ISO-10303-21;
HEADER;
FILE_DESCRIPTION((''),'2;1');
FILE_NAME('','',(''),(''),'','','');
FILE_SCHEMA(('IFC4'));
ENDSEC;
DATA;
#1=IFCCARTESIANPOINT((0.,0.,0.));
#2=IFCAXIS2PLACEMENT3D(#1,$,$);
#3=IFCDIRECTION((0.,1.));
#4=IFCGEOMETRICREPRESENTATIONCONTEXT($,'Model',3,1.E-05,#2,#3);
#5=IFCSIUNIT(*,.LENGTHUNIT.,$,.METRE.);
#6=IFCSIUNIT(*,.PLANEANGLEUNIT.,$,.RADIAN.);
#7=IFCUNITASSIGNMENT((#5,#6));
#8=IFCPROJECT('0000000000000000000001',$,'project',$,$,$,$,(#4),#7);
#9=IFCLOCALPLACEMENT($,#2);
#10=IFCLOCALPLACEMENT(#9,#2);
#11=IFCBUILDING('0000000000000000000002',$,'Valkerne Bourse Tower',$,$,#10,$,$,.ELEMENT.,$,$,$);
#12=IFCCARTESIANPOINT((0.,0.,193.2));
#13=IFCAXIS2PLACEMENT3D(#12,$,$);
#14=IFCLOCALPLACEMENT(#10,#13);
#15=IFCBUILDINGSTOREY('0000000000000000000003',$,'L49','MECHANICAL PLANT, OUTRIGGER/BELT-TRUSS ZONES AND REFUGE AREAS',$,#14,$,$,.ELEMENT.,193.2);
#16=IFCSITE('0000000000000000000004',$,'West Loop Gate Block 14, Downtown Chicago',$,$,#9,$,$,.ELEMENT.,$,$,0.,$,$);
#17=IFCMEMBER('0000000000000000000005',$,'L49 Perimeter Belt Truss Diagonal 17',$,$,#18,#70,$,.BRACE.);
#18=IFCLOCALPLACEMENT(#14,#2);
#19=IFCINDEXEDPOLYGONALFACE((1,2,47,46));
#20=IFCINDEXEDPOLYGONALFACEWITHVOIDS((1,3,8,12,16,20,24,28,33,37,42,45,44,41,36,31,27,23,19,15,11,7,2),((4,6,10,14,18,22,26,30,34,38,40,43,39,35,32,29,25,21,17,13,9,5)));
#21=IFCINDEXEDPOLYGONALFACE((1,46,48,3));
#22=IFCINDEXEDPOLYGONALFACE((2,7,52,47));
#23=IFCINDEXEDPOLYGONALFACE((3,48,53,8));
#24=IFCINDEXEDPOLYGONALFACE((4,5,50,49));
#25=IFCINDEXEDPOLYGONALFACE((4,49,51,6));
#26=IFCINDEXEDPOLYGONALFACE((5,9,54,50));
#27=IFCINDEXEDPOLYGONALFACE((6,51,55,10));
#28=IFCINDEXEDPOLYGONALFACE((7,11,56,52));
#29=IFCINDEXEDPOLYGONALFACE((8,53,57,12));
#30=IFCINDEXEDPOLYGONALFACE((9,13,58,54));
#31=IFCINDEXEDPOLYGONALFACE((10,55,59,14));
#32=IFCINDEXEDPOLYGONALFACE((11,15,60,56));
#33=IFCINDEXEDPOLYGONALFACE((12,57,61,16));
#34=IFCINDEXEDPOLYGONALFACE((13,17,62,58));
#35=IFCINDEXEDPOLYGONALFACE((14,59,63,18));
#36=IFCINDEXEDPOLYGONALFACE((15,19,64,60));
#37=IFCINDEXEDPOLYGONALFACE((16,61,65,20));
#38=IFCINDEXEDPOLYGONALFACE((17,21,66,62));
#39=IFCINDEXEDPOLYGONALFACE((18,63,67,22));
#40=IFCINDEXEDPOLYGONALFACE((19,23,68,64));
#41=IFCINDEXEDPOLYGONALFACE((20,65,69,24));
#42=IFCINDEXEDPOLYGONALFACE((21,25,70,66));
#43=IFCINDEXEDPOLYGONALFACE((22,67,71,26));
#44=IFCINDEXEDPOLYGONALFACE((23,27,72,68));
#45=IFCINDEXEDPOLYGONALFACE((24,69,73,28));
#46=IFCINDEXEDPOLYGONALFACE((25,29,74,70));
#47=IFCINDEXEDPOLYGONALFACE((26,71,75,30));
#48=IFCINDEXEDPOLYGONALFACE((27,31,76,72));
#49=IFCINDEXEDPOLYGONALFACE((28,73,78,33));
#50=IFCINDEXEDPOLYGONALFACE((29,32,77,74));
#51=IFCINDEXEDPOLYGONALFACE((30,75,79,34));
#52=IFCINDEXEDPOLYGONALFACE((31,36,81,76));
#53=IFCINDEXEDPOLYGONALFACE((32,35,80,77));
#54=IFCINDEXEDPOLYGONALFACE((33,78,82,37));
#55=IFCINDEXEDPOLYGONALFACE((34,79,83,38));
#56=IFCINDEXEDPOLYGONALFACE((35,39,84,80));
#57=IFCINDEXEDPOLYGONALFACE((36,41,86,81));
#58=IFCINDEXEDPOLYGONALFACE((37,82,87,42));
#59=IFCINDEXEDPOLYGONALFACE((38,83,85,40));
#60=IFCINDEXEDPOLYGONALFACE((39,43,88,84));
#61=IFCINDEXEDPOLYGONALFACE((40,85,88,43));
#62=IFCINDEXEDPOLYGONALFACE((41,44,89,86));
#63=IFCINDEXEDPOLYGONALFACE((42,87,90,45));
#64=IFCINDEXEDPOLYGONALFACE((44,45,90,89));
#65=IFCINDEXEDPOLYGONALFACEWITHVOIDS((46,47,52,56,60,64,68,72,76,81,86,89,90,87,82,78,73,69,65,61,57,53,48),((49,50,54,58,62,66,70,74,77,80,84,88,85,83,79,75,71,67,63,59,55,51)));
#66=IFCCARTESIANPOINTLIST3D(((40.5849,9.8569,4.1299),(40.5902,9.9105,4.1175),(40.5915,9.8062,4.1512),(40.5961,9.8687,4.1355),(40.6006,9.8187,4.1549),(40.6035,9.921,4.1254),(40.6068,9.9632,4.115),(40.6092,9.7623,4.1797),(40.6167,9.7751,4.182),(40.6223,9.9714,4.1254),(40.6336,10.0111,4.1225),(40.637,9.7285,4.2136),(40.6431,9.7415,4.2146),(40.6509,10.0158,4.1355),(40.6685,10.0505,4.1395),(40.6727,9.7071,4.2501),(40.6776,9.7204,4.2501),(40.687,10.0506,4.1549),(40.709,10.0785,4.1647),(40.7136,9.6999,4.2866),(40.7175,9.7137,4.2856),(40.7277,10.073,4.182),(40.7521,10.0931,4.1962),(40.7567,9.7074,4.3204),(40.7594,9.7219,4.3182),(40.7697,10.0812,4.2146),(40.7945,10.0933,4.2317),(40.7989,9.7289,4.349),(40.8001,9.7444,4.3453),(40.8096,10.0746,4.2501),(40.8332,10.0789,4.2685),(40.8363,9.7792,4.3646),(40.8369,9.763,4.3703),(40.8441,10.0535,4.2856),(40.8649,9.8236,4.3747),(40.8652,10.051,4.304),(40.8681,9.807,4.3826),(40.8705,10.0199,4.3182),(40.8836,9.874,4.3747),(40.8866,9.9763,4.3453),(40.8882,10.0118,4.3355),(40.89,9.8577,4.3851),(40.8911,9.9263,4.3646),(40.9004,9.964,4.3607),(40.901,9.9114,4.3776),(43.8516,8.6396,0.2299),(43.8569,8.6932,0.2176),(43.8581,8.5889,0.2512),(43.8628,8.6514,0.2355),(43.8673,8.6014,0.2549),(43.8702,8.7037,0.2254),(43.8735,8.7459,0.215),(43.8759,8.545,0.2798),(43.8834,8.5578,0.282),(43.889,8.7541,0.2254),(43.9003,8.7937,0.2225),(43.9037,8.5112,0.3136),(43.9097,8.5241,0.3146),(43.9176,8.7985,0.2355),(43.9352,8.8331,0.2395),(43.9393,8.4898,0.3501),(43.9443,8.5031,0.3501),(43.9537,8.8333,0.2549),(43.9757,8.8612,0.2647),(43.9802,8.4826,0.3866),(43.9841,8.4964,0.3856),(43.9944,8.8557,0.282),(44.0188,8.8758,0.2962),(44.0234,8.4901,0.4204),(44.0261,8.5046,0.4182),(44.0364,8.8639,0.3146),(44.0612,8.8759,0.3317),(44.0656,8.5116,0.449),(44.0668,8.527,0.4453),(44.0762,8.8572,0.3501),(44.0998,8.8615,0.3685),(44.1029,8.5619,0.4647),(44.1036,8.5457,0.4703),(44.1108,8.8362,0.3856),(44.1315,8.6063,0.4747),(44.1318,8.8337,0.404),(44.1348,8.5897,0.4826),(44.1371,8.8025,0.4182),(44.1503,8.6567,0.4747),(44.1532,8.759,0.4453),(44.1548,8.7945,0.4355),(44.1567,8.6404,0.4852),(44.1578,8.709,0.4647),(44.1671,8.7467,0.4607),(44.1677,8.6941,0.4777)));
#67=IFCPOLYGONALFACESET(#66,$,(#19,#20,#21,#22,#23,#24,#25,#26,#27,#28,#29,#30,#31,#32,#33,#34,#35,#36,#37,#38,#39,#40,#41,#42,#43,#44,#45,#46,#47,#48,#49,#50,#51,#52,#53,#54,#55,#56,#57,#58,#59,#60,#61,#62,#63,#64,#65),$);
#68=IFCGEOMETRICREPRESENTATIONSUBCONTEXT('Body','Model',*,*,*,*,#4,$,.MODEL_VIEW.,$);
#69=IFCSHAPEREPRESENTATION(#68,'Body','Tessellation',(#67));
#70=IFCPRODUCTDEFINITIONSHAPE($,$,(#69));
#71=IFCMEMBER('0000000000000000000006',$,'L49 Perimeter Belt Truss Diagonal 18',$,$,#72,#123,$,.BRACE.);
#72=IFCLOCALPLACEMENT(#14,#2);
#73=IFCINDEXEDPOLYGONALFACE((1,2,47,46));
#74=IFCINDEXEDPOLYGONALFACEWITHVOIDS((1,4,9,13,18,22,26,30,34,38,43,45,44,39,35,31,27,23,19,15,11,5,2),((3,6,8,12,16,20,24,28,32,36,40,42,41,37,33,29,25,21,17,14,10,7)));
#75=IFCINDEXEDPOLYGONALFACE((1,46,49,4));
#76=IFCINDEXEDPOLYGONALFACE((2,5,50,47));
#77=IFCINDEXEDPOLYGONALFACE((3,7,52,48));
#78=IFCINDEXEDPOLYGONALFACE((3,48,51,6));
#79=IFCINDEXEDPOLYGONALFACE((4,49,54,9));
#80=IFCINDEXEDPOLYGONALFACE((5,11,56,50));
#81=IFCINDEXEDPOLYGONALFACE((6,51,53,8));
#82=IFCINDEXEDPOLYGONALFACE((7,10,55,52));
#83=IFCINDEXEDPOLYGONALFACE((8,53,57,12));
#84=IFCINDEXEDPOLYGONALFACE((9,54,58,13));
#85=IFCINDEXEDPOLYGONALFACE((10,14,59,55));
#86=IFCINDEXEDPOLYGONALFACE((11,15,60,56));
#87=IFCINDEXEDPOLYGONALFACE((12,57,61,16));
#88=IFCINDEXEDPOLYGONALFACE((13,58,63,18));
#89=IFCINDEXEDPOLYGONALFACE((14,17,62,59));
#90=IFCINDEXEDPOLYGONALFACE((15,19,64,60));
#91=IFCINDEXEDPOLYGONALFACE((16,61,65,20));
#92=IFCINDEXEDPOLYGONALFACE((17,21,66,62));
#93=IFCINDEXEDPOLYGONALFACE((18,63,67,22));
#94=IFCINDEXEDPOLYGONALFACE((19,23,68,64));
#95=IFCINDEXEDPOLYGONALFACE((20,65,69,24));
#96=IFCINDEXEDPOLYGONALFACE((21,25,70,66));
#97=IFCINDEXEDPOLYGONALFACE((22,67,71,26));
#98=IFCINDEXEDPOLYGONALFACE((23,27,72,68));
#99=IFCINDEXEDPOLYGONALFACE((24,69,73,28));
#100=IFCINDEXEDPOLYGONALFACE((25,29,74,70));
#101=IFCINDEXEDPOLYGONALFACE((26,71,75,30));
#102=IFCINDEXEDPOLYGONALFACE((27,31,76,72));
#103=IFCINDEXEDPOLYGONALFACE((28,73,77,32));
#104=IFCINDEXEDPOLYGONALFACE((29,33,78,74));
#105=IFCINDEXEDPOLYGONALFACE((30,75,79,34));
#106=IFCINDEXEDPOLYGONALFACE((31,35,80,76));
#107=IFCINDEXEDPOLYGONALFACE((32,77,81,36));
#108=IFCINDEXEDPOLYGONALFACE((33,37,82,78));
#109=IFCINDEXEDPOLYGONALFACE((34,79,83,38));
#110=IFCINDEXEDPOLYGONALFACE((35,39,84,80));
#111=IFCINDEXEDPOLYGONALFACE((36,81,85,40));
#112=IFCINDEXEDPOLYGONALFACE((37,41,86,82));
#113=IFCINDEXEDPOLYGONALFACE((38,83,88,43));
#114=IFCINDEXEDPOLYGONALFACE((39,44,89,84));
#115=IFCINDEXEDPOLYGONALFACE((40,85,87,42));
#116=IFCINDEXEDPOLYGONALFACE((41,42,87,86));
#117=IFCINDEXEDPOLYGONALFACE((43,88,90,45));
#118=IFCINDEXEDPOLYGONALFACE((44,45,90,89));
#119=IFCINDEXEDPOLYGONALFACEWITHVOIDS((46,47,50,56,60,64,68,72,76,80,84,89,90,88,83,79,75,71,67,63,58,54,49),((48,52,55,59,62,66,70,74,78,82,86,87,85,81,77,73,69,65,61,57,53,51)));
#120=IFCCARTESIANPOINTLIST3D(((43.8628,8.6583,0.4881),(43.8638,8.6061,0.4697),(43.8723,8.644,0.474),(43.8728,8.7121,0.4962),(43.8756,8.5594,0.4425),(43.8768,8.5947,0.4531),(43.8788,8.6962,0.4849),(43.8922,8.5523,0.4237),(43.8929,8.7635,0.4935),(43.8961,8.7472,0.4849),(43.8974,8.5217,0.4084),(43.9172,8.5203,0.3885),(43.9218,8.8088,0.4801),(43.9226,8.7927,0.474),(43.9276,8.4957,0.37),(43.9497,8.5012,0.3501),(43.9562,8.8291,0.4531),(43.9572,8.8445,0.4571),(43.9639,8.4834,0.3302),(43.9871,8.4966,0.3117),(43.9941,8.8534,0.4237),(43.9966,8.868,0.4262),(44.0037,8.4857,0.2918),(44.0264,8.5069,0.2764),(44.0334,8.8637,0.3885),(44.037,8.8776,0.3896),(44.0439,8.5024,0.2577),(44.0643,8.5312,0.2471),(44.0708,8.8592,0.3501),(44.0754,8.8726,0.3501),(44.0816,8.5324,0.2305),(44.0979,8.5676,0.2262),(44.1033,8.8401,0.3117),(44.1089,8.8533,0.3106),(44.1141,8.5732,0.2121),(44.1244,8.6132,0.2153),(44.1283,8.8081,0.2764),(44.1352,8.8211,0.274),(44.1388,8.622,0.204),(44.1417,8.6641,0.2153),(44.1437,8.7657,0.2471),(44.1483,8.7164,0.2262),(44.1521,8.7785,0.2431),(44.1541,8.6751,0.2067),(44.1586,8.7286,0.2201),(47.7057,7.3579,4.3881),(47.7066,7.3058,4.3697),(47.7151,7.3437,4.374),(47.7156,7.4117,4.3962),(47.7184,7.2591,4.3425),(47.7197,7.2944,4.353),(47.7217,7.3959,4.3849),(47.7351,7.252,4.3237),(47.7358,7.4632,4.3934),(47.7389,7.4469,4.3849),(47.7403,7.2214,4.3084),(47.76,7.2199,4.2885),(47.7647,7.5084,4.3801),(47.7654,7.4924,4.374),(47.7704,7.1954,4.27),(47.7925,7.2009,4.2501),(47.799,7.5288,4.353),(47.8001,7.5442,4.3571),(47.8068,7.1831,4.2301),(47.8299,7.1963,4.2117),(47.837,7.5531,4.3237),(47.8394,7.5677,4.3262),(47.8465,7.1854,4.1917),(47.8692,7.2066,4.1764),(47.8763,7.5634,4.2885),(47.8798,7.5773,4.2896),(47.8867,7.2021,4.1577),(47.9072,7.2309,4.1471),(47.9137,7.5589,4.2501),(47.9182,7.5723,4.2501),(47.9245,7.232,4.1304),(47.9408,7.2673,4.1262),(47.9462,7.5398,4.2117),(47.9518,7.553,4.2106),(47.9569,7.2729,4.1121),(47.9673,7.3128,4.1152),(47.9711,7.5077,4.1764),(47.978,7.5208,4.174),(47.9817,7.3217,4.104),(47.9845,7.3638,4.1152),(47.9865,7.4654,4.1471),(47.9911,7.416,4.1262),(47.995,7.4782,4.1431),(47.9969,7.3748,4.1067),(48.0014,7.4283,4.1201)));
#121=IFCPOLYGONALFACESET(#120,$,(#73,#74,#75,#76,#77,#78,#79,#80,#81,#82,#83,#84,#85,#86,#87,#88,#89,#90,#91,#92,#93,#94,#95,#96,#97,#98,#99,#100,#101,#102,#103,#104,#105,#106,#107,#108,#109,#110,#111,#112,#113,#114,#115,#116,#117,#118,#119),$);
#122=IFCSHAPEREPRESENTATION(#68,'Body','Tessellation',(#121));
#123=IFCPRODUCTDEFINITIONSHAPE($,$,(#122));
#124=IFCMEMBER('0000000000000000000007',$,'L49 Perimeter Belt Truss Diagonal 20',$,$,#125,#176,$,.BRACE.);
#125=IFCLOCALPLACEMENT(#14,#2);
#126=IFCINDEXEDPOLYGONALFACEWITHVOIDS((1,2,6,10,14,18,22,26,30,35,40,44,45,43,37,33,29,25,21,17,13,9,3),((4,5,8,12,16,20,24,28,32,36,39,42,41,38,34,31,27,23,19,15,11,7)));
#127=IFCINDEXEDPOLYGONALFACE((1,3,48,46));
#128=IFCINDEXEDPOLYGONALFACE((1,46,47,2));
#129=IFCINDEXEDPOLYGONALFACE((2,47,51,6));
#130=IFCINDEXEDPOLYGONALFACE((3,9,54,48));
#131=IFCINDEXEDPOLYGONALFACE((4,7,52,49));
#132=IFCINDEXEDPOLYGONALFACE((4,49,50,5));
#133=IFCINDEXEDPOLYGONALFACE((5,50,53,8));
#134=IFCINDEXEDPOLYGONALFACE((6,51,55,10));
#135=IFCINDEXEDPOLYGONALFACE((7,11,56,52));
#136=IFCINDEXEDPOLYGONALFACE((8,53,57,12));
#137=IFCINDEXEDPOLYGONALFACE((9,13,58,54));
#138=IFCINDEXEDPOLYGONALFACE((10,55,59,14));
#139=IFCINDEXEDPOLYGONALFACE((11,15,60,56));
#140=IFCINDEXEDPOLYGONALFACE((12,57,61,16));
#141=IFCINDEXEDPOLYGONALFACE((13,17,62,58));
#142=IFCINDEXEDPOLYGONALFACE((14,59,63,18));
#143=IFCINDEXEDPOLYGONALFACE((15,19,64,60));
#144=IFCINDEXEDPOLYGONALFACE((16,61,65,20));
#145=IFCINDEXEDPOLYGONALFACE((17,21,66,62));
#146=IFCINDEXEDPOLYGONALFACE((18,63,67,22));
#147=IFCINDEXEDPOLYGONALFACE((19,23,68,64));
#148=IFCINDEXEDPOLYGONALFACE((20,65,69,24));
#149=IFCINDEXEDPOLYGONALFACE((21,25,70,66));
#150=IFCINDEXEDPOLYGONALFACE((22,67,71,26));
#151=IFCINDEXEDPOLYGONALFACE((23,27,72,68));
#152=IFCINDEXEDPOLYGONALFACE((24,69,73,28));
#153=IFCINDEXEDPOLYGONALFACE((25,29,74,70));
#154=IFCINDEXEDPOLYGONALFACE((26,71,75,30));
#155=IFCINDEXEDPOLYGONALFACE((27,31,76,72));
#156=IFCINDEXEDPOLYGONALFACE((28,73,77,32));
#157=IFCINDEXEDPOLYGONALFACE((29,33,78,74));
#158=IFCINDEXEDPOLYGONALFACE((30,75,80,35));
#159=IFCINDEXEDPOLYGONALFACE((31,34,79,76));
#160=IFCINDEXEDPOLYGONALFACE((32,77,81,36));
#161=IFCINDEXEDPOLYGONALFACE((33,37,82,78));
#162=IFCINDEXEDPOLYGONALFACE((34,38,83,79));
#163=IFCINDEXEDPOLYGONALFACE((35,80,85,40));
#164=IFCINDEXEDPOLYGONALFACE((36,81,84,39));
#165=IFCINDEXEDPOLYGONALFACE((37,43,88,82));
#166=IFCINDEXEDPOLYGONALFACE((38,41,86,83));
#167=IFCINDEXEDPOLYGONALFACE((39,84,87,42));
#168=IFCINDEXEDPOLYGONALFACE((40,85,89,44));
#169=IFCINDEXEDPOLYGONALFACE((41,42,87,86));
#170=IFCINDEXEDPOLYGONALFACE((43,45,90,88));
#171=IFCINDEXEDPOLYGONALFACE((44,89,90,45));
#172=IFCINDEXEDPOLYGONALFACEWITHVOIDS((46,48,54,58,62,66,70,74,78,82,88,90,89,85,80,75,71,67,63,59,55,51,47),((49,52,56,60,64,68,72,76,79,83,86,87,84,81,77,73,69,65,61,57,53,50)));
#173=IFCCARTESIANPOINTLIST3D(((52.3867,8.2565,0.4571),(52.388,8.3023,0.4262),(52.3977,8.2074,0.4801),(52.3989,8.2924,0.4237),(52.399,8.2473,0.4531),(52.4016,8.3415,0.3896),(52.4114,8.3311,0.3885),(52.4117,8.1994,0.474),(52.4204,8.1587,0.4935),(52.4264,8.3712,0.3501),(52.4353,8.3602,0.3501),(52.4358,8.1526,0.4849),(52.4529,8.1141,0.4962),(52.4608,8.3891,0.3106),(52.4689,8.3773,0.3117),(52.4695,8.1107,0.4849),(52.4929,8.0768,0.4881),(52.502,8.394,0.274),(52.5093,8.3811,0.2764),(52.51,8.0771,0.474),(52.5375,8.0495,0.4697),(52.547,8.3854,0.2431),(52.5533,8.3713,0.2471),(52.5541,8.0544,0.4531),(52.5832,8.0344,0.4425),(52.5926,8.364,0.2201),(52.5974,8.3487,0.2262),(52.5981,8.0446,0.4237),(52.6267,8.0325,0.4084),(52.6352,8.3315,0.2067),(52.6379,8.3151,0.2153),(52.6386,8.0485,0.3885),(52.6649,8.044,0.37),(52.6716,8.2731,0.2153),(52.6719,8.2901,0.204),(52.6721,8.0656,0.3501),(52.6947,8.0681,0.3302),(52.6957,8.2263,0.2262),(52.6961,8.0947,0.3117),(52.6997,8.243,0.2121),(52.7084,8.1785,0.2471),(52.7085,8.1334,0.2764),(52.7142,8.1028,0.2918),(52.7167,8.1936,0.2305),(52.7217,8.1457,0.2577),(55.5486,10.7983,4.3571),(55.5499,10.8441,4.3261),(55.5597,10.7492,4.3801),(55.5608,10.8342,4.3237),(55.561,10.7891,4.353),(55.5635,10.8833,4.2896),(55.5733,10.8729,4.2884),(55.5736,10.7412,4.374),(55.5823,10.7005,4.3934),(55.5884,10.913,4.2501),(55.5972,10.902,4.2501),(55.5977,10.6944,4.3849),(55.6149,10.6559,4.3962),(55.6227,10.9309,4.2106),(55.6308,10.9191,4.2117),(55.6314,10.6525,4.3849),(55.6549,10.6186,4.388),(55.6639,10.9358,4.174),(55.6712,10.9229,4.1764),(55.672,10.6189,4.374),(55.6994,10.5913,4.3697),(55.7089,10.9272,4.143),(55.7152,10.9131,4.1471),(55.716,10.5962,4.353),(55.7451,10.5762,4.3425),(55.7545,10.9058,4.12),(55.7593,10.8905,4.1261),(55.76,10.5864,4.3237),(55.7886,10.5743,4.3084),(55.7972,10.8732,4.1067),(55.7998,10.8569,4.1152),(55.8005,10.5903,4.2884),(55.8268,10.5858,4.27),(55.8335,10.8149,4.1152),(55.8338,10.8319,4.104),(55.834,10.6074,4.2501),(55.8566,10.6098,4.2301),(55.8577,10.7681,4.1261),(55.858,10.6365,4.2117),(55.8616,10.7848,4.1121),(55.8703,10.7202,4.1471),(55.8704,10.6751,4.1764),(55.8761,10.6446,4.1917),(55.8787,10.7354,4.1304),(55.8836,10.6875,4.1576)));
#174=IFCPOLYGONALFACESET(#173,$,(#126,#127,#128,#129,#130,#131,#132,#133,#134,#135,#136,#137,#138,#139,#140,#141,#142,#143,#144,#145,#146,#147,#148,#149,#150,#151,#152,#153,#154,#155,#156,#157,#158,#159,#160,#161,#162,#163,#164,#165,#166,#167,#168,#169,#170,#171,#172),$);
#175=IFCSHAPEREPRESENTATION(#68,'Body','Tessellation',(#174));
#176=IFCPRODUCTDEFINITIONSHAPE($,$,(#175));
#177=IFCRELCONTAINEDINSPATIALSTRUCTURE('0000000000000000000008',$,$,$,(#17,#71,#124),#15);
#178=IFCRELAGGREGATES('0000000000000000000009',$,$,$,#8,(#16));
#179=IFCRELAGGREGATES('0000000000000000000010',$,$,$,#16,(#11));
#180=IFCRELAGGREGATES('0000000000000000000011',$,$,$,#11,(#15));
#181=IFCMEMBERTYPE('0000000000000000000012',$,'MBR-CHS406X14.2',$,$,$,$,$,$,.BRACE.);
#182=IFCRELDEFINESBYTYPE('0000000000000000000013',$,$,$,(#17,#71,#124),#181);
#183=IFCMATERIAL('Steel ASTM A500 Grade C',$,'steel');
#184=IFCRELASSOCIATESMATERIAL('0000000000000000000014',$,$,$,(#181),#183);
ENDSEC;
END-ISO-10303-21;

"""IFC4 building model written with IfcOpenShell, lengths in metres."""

from ifc_helpers import new_model, si_unit, direction, frame, origin, origin_2d, place, context, subcontext, project, spatial, hollow_circle, extrude, material, material_profile, profile_set, type_object, element, save


model = new_model("IFC4")

# Units and contexts
model_context = context("Model", 3, precision=1e-05, world=origin(), true_north=direction((0.0, 1.0)))
body_context = subcontext(model_context, "Body", "Model", "MODEL_VIEW")
ifc_project = project(units=[si_unit("LENGTHUNIT", "METRE"), si_unit("PLANEANGLEUNIT", "RADIAN")], contexts=[model_context])

# Site, building, storey
site_placement = place(None, origin())
site = spatial("IfcSite", under=ifc_project, at=site_placement, Name="West Loop Gate Block 14, Downtown Chicago", CompositionType="ELEMENT", RefElevation=0.0)
building_placement = place(site_placement, origin())
building = spatial("IfcBuilding", under=site, at=building_placement, Name="Valkerne Bourse Tower", CompositionType="ELEMENT")
storey_placement = place(building_placement, frame((0.0, 0.0, 193.2)))
storey = spatial("IfcBuildingStorey", under=building, at=storey_placement, Name="L49", Description="MECHANICAL PLANT, OUTRIGGER/BELT-TRUSS ZONES AND REFUGE AREAS", CompositionType="ELEMENT", Elevation=193.2)

# Members
ifc_material_1 = material(Name="Steel ASTM A500 Grade C", Category="steel")
ifc_material_profile_1 = material_profile(ifc_material_1, hollow_circle(Radius=0.2031, WallThickness=0.0142, at=origin_2d()), Name="CHS406X14.2")
ifc_profile_set_1 = profile_set([ifc_material_profile_1], Name="Steel ASTM A500 Grade C")
member_type_1 = type_object("IfcMemberType", Name="MBR-CHS406X14.2", PredefinedType="BRACE", material=ifc_profile_set_1)
member_1_placement = place(storey_placement, frame((44.0103, 8.6802, 0.3501), z_axis=(-0.624489, 0.232713, 0.745559), x_axis=(-0.349189, -0.937052, 0.0)))
element("IfcMember", 1, at=member_1_placement, inside=storey, type_object=member_type_1, Name="L49 Perimeter Belt Truss Diagonal 17", PredefinedType="BRACE", context=body_context, shape_type="SweptSolid", body=[
    extrude(hollow_circle(Radius=0.2031, WallThickness=0.0142, at=origin_2d()), origin(), (0.0, 0.0, 1.0), 5.231),
])
for number, where, z_axis, x_axis, name in (
    (2, (44.0103, 8.6802, 0.3501), (0.682876, -0.231067, 0.693028), (0.320521, 0.947241, 0.0), "L49 Perimeter Belt Truss Diagonal 18"),
    (3, (52.5537, 8.2129, 0.3501), (0.561874, 0.451677, 0.693026), (-0.626535, 0.779393, 0.0), "L49 Perimeter Belt Truss Diagonal 20"),
):
    element("IfcMember", number, at=place(storey_placement, frame(where, z_axis=z_axis, x_axis=x_axis)), inside=storey, type_object=member_type_1, Name=name, PredefinedType="BRACE", context=body_context, shape_type="SweptSolid", body=[
        extrude(hollow_circle(Radius=0.2031, WallThickness=0.0142, at=origin_2d()), origin(), (0.0, 0.0, 1.0), 5.6274),
    ])

save(model, "model.ifc")
